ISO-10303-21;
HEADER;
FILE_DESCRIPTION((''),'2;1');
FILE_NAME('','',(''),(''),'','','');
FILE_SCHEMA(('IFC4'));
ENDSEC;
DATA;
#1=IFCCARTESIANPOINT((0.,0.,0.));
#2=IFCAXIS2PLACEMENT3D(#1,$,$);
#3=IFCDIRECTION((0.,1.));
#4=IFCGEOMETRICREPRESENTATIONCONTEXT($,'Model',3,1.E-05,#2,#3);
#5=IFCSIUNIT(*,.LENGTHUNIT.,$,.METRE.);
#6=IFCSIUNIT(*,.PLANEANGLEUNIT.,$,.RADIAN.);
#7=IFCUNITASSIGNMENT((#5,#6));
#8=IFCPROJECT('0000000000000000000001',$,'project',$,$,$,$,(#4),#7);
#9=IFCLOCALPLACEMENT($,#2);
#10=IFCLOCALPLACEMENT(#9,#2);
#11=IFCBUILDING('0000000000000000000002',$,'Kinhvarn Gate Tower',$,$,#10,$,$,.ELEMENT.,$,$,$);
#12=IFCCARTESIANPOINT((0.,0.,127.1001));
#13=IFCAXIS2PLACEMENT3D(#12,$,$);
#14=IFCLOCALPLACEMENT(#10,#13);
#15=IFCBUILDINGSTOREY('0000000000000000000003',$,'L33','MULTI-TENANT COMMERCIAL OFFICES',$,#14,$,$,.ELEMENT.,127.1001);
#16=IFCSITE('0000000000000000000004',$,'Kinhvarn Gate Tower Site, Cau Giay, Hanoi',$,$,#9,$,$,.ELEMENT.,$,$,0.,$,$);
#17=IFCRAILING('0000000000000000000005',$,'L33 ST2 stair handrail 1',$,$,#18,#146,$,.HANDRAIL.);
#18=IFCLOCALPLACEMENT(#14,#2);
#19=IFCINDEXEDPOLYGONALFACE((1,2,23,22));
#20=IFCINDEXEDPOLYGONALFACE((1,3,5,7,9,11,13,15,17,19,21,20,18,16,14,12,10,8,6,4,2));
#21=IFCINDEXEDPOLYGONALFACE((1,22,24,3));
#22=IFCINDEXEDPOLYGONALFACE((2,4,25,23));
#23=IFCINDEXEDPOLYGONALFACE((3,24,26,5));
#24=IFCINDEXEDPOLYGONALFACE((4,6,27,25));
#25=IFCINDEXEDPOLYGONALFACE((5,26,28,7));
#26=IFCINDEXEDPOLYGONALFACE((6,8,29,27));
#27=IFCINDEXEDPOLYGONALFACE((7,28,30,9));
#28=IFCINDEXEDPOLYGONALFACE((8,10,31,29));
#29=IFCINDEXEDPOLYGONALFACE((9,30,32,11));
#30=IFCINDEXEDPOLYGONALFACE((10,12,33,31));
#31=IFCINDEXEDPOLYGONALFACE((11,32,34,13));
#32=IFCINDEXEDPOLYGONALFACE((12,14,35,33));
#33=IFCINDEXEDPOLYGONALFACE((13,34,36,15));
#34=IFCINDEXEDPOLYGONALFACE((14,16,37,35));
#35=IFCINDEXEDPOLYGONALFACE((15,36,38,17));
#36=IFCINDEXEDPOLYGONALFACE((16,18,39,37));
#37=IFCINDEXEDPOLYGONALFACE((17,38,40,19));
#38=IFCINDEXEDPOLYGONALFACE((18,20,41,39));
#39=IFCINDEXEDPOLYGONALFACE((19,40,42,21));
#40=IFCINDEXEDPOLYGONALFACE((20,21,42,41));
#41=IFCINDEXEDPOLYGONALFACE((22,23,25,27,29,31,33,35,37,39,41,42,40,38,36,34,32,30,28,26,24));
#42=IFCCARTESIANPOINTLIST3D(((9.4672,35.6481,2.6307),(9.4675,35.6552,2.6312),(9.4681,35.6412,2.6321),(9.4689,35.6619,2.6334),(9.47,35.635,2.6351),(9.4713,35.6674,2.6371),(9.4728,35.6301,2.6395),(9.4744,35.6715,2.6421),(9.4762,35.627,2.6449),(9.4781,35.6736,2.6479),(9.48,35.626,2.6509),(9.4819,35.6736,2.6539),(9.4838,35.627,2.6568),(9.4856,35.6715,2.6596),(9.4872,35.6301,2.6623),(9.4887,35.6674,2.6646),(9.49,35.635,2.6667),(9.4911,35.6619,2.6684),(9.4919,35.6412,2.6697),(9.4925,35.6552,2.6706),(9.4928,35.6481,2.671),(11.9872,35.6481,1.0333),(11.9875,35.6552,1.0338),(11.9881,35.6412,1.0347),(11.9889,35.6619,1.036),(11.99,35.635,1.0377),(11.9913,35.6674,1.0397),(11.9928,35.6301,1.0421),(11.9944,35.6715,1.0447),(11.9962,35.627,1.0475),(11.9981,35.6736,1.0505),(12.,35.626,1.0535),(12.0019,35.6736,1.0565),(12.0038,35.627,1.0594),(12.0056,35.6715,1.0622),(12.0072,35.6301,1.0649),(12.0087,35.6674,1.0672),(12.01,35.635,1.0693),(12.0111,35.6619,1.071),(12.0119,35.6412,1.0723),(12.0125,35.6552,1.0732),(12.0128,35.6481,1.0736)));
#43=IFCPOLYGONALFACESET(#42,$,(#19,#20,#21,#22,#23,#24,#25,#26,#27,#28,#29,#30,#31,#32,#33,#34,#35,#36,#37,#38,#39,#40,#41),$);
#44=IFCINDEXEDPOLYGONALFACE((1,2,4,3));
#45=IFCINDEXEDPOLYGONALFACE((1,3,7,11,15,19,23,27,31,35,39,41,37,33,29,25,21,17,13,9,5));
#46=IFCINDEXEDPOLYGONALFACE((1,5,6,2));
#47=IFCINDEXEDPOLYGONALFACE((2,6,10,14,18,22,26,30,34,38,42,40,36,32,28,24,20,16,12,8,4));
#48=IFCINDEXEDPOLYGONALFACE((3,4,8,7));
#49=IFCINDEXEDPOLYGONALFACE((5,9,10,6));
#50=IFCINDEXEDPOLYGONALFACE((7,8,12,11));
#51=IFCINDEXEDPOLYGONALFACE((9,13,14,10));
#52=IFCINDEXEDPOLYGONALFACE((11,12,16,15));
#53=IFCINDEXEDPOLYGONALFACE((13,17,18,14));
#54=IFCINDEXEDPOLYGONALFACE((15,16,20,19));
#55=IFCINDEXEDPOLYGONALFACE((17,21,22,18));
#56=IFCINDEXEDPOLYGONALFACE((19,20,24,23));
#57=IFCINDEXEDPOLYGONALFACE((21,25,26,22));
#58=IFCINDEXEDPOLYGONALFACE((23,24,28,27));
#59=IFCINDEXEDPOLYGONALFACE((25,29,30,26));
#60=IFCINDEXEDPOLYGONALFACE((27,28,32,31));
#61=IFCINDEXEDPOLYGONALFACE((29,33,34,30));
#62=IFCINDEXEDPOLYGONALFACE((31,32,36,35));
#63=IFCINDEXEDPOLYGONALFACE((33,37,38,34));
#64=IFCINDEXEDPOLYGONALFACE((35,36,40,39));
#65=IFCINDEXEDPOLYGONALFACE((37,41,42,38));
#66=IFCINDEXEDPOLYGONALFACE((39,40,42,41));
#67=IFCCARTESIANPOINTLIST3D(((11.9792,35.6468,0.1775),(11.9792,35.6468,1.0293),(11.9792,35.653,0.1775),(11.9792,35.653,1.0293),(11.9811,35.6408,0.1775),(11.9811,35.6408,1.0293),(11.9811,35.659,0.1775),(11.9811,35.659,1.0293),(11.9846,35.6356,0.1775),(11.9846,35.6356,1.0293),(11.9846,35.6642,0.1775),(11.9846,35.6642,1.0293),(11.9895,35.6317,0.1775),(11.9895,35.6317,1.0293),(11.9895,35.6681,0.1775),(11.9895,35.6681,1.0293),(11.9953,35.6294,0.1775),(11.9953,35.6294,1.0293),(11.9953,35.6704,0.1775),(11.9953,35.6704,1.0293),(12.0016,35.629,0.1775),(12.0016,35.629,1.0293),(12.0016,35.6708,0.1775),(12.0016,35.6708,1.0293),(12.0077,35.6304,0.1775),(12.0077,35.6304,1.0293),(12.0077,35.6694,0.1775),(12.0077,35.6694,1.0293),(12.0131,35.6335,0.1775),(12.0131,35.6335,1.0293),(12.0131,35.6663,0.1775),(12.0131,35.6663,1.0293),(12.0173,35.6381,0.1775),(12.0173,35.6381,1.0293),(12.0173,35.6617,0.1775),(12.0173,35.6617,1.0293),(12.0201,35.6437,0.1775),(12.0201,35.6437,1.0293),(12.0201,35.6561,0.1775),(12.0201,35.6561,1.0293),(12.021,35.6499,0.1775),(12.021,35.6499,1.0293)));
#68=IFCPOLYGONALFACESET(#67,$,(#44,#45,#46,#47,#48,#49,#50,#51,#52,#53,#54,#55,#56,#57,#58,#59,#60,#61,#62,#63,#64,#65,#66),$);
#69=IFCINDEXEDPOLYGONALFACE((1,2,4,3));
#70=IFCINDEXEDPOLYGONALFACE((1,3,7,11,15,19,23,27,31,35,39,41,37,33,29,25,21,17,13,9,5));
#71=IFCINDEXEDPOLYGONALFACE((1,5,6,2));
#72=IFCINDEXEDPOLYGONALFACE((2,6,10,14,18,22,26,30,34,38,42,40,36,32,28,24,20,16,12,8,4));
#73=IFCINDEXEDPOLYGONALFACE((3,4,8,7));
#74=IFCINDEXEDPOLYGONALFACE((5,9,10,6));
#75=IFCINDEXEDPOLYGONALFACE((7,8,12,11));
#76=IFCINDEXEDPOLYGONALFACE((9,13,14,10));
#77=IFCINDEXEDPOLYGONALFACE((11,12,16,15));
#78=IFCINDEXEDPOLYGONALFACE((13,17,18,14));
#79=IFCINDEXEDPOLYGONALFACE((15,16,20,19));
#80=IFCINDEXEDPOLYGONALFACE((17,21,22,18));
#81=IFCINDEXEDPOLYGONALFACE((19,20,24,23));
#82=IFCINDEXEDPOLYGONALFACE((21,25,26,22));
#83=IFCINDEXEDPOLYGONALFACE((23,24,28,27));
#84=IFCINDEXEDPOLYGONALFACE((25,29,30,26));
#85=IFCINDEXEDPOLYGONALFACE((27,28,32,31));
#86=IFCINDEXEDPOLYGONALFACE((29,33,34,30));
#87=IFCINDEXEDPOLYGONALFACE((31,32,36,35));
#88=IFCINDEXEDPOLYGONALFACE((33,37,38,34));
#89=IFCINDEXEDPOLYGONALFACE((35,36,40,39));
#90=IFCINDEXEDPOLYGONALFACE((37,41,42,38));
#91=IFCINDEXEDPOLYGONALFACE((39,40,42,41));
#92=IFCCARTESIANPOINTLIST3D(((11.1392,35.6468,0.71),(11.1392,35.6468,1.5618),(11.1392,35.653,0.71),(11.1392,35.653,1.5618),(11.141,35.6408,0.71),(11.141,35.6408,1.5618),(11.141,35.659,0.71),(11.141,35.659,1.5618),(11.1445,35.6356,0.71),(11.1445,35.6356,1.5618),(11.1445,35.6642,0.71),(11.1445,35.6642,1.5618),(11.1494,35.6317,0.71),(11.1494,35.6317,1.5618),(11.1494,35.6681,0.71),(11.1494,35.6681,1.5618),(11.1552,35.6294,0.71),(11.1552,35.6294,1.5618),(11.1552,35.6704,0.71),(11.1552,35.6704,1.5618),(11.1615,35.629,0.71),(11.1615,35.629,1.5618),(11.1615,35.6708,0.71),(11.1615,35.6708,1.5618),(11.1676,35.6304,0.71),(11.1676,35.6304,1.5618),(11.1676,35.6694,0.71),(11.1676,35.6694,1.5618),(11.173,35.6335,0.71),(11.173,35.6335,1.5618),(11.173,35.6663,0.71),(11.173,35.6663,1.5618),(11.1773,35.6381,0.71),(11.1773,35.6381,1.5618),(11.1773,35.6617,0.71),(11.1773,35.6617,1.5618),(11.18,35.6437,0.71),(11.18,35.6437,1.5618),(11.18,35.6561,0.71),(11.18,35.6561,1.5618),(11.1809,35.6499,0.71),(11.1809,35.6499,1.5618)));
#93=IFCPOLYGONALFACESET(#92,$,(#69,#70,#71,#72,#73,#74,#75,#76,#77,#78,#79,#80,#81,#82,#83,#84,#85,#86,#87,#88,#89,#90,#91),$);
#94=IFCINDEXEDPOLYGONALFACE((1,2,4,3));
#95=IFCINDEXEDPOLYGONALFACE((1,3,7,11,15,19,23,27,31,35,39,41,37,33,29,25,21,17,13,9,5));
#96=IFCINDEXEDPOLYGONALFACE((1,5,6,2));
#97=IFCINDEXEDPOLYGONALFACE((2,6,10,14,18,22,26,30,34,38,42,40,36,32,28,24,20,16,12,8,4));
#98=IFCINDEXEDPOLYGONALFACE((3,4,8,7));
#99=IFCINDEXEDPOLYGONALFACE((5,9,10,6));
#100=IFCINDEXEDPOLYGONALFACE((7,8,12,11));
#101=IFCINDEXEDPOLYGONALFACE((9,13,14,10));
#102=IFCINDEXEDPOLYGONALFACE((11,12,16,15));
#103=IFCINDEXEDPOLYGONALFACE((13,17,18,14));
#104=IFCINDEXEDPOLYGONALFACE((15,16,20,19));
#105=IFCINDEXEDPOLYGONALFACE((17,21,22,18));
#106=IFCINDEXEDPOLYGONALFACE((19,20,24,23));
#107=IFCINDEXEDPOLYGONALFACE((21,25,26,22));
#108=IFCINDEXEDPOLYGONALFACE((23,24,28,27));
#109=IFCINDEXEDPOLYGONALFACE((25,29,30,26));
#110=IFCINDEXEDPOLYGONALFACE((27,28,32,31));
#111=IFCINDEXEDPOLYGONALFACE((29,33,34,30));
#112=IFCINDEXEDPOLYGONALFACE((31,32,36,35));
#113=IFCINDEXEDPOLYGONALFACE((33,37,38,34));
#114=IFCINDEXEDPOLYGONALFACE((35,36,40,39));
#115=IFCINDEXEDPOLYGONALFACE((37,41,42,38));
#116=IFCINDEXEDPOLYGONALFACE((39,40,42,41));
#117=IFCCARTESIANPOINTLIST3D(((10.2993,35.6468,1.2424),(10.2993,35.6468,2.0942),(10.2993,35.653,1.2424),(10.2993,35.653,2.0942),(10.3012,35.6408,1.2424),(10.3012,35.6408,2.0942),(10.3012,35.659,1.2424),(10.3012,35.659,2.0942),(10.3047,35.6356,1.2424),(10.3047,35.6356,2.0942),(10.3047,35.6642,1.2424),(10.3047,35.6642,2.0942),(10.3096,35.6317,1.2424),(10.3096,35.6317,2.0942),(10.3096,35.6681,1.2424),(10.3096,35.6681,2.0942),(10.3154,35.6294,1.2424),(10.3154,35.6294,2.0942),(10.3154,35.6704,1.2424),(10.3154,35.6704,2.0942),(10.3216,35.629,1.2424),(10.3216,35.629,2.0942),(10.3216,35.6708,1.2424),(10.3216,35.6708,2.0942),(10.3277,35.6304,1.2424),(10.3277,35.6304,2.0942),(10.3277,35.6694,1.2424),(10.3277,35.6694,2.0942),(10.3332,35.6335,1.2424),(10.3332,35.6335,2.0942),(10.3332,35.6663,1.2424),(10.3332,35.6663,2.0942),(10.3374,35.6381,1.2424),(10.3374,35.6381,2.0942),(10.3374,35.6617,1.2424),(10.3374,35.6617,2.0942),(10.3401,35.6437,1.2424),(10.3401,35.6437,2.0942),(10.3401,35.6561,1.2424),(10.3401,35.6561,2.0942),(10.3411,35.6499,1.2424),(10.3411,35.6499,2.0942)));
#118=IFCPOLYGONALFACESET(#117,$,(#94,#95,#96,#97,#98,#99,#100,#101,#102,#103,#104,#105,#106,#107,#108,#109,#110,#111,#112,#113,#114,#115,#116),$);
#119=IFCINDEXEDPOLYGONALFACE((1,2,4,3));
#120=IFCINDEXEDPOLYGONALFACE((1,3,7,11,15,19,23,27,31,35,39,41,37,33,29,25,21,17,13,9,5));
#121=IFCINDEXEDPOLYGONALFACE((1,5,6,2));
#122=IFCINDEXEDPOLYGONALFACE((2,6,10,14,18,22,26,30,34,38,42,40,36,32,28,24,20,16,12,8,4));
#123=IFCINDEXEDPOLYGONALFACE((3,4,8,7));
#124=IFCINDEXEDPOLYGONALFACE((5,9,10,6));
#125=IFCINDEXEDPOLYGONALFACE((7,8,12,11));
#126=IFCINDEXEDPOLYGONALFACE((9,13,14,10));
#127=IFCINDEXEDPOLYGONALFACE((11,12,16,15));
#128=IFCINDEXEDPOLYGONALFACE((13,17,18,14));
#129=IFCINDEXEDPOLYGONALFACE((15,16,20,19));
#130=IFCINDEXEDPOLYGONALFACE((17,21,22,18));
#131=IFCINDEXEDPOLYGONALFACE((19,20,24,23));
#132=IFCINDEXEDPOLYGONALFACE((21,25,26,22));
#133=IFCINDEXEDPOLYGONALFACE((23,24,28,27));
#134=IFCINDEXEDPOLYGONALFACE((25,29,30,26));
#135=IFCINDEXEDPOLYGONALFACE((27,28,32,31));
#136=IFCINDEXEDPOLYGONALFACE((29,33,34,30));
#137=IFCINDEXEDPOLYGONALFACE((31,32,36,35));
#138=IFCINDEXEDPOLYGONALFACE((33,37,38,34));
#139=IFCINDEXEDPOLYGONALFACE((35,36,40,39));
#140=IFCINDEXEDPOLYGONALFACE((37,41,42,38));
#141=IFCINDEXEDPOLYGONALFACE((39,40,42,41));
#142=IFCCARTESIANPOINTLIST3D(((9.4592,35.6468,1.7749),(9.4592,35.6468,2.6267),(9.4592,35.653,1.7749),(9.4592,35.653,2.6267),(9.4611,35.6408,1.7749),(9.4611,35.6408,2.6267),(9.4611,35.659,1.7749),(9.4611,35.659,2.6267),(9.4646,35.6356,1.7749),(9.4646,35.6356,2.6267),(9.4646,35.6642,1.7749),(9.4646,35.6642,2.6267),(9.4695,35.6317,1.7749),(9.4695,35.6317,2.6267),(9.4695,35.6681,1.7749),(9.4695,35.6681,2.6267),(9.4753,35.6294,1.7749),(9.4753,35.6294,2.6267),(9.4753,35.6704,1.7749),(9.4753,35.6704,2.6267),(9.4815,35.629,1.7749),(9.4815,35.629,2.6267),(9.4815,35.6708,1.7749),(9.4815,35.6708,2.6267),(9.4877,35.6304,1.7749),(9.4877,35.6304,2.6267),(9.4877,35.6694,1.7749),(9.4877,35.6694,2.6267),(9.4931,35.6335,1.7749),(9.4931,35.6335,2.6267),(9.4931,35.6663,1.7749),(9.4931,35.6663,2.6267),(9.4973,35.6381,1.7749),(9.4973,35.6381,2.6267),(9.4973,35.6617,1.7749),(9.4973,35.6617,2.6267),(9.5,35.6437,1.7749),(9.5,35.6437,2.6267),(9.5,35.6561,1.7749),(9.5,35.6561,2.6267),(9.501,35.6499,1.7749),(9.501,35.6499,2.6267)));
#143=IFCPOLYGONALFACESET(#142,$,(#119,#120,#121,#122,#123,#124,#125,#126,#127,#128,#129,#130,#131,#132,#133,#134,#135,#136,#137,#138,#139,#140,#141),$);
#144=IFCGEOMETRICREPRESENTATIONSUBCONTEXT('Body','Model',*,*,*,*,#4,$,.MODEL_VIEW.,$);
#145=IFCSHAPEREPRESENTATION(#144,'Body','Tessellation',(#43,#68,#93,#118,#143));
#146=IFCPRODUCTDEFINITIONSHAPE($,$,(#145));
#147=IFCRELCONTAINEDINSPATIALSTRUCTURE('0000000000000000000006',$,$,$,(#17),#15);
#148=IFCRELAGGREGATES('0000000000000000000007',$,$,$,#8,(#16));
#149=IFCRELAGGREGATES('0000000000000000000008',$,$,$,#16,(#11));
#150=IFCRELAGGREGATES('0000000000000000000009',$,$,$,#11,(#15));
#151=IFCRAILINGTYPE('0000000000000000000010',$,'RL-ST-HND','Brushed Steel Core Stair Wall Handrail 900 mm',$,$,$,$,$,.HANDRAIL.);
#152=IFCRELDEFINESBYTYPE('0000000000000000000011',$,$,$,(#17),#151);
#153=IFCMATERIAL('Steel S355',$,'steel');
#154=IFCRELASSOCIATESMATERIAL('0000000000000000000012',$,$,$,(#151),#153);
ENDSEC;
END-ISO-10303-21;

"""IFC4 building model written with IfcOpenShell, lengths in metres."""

from ifc_helpers import new_model, si_unit, direction, frame, origin, origin_2d, place, context, subcontext, project, spatial, circle, extrude, material, type_object, element, save


model = new_model("IFC4")

# Units and contexts
model_context = context("Model", 3, precision=1e-05, world=origin(), true_north=direction((0.0, 1.0)))
body_context = subcontext(model_context, "Body", "Model", "MODEL_VIEW")
ifc_project = project(units=[si_unit("LENGTHUNIT", "METRE"), si_unit("PLANEANGLEUNIT", "RADIAN")], contexts=[model_context])

# Site, building, storey
site_placement = place(None, origin())
site = spatial("IfcSite", under=ifc_project, at=site_placement, Name="Kinhvarn Gate Tower Site, Cau Giay, Hanoi", CompositionType="ELEMENT", RefElevation=0.0)
building_placement = place(site_placement, origin())
building = spatial("IfcBuilding", under=site, at=building_placement, Name="Kinhvarn Gate Tower", CompositionType="ELEMENT")
storey_placement = place(building_placement, frame((0.0, 0.0, 127.1001)))
storey = spatial("IfcBuildingStorey", under=building, at=storey_placement, Name="L33", Description="MULTI-TENANT COMMERCIAL OFFICES", CompositionType="ELEMENT", Elevation=127.1001)

# Shared definitions
ifc_material_1 = material(Name="Steel S355", Category="steel")

# Railing
railing_type_1 = type_object("IfcRailingType", Name="RL-ST-HND", Description="Brushed Steel Core Stair Wall Handrail 900 mm", PredefinedType="HANDRAIL", material=ifc_material_1)
railing_1_placement = place(storey_placement, frame((12.0, 35.6499, 0.1775)))
element("IfcRailing", 1, at=railing_1_placement, inside=storey, type_object=railing_type_1, Name="L33 ST2 stair handrail 1", PredefinedType="HANDRAIL", context=body_context, shape_type="SweptSolid", body=[
    extrude(circle(Radius=0.0239, at=origin_2d()), frame((0.0, 0.0, 0.876), z_axis=(-0.844607, 0.0, 0.535387), x_axis=(0.0, -1.0, 0.0)), (0.0, 0.0, 1.0), 2.9836),
    extrude(circle(Radius=0.021, at=origin_2d()), origin(), (0.0, 0.0, 1.0), 0.8518),
    extrude(circle(Radius=0.021, at=origin_2d()), frame((-0.8401, 0.0, 0.5325)), (0.0, 0.0, 1.0), 0.8518),
    extrude(circle(Radius=0.021, at=origin_2d()), frame((-1.6799, 0.0, 1.0649)), (0.0, 0.0, 1.0), 0.8518),
    extrude(circle(Radius=0.021, at=origin_2d()), frame((-2.52, 0.0, 1.5974)), (0.0, 0.0, 1.0), 0.8518),
])

save(model, "model.ifc")
